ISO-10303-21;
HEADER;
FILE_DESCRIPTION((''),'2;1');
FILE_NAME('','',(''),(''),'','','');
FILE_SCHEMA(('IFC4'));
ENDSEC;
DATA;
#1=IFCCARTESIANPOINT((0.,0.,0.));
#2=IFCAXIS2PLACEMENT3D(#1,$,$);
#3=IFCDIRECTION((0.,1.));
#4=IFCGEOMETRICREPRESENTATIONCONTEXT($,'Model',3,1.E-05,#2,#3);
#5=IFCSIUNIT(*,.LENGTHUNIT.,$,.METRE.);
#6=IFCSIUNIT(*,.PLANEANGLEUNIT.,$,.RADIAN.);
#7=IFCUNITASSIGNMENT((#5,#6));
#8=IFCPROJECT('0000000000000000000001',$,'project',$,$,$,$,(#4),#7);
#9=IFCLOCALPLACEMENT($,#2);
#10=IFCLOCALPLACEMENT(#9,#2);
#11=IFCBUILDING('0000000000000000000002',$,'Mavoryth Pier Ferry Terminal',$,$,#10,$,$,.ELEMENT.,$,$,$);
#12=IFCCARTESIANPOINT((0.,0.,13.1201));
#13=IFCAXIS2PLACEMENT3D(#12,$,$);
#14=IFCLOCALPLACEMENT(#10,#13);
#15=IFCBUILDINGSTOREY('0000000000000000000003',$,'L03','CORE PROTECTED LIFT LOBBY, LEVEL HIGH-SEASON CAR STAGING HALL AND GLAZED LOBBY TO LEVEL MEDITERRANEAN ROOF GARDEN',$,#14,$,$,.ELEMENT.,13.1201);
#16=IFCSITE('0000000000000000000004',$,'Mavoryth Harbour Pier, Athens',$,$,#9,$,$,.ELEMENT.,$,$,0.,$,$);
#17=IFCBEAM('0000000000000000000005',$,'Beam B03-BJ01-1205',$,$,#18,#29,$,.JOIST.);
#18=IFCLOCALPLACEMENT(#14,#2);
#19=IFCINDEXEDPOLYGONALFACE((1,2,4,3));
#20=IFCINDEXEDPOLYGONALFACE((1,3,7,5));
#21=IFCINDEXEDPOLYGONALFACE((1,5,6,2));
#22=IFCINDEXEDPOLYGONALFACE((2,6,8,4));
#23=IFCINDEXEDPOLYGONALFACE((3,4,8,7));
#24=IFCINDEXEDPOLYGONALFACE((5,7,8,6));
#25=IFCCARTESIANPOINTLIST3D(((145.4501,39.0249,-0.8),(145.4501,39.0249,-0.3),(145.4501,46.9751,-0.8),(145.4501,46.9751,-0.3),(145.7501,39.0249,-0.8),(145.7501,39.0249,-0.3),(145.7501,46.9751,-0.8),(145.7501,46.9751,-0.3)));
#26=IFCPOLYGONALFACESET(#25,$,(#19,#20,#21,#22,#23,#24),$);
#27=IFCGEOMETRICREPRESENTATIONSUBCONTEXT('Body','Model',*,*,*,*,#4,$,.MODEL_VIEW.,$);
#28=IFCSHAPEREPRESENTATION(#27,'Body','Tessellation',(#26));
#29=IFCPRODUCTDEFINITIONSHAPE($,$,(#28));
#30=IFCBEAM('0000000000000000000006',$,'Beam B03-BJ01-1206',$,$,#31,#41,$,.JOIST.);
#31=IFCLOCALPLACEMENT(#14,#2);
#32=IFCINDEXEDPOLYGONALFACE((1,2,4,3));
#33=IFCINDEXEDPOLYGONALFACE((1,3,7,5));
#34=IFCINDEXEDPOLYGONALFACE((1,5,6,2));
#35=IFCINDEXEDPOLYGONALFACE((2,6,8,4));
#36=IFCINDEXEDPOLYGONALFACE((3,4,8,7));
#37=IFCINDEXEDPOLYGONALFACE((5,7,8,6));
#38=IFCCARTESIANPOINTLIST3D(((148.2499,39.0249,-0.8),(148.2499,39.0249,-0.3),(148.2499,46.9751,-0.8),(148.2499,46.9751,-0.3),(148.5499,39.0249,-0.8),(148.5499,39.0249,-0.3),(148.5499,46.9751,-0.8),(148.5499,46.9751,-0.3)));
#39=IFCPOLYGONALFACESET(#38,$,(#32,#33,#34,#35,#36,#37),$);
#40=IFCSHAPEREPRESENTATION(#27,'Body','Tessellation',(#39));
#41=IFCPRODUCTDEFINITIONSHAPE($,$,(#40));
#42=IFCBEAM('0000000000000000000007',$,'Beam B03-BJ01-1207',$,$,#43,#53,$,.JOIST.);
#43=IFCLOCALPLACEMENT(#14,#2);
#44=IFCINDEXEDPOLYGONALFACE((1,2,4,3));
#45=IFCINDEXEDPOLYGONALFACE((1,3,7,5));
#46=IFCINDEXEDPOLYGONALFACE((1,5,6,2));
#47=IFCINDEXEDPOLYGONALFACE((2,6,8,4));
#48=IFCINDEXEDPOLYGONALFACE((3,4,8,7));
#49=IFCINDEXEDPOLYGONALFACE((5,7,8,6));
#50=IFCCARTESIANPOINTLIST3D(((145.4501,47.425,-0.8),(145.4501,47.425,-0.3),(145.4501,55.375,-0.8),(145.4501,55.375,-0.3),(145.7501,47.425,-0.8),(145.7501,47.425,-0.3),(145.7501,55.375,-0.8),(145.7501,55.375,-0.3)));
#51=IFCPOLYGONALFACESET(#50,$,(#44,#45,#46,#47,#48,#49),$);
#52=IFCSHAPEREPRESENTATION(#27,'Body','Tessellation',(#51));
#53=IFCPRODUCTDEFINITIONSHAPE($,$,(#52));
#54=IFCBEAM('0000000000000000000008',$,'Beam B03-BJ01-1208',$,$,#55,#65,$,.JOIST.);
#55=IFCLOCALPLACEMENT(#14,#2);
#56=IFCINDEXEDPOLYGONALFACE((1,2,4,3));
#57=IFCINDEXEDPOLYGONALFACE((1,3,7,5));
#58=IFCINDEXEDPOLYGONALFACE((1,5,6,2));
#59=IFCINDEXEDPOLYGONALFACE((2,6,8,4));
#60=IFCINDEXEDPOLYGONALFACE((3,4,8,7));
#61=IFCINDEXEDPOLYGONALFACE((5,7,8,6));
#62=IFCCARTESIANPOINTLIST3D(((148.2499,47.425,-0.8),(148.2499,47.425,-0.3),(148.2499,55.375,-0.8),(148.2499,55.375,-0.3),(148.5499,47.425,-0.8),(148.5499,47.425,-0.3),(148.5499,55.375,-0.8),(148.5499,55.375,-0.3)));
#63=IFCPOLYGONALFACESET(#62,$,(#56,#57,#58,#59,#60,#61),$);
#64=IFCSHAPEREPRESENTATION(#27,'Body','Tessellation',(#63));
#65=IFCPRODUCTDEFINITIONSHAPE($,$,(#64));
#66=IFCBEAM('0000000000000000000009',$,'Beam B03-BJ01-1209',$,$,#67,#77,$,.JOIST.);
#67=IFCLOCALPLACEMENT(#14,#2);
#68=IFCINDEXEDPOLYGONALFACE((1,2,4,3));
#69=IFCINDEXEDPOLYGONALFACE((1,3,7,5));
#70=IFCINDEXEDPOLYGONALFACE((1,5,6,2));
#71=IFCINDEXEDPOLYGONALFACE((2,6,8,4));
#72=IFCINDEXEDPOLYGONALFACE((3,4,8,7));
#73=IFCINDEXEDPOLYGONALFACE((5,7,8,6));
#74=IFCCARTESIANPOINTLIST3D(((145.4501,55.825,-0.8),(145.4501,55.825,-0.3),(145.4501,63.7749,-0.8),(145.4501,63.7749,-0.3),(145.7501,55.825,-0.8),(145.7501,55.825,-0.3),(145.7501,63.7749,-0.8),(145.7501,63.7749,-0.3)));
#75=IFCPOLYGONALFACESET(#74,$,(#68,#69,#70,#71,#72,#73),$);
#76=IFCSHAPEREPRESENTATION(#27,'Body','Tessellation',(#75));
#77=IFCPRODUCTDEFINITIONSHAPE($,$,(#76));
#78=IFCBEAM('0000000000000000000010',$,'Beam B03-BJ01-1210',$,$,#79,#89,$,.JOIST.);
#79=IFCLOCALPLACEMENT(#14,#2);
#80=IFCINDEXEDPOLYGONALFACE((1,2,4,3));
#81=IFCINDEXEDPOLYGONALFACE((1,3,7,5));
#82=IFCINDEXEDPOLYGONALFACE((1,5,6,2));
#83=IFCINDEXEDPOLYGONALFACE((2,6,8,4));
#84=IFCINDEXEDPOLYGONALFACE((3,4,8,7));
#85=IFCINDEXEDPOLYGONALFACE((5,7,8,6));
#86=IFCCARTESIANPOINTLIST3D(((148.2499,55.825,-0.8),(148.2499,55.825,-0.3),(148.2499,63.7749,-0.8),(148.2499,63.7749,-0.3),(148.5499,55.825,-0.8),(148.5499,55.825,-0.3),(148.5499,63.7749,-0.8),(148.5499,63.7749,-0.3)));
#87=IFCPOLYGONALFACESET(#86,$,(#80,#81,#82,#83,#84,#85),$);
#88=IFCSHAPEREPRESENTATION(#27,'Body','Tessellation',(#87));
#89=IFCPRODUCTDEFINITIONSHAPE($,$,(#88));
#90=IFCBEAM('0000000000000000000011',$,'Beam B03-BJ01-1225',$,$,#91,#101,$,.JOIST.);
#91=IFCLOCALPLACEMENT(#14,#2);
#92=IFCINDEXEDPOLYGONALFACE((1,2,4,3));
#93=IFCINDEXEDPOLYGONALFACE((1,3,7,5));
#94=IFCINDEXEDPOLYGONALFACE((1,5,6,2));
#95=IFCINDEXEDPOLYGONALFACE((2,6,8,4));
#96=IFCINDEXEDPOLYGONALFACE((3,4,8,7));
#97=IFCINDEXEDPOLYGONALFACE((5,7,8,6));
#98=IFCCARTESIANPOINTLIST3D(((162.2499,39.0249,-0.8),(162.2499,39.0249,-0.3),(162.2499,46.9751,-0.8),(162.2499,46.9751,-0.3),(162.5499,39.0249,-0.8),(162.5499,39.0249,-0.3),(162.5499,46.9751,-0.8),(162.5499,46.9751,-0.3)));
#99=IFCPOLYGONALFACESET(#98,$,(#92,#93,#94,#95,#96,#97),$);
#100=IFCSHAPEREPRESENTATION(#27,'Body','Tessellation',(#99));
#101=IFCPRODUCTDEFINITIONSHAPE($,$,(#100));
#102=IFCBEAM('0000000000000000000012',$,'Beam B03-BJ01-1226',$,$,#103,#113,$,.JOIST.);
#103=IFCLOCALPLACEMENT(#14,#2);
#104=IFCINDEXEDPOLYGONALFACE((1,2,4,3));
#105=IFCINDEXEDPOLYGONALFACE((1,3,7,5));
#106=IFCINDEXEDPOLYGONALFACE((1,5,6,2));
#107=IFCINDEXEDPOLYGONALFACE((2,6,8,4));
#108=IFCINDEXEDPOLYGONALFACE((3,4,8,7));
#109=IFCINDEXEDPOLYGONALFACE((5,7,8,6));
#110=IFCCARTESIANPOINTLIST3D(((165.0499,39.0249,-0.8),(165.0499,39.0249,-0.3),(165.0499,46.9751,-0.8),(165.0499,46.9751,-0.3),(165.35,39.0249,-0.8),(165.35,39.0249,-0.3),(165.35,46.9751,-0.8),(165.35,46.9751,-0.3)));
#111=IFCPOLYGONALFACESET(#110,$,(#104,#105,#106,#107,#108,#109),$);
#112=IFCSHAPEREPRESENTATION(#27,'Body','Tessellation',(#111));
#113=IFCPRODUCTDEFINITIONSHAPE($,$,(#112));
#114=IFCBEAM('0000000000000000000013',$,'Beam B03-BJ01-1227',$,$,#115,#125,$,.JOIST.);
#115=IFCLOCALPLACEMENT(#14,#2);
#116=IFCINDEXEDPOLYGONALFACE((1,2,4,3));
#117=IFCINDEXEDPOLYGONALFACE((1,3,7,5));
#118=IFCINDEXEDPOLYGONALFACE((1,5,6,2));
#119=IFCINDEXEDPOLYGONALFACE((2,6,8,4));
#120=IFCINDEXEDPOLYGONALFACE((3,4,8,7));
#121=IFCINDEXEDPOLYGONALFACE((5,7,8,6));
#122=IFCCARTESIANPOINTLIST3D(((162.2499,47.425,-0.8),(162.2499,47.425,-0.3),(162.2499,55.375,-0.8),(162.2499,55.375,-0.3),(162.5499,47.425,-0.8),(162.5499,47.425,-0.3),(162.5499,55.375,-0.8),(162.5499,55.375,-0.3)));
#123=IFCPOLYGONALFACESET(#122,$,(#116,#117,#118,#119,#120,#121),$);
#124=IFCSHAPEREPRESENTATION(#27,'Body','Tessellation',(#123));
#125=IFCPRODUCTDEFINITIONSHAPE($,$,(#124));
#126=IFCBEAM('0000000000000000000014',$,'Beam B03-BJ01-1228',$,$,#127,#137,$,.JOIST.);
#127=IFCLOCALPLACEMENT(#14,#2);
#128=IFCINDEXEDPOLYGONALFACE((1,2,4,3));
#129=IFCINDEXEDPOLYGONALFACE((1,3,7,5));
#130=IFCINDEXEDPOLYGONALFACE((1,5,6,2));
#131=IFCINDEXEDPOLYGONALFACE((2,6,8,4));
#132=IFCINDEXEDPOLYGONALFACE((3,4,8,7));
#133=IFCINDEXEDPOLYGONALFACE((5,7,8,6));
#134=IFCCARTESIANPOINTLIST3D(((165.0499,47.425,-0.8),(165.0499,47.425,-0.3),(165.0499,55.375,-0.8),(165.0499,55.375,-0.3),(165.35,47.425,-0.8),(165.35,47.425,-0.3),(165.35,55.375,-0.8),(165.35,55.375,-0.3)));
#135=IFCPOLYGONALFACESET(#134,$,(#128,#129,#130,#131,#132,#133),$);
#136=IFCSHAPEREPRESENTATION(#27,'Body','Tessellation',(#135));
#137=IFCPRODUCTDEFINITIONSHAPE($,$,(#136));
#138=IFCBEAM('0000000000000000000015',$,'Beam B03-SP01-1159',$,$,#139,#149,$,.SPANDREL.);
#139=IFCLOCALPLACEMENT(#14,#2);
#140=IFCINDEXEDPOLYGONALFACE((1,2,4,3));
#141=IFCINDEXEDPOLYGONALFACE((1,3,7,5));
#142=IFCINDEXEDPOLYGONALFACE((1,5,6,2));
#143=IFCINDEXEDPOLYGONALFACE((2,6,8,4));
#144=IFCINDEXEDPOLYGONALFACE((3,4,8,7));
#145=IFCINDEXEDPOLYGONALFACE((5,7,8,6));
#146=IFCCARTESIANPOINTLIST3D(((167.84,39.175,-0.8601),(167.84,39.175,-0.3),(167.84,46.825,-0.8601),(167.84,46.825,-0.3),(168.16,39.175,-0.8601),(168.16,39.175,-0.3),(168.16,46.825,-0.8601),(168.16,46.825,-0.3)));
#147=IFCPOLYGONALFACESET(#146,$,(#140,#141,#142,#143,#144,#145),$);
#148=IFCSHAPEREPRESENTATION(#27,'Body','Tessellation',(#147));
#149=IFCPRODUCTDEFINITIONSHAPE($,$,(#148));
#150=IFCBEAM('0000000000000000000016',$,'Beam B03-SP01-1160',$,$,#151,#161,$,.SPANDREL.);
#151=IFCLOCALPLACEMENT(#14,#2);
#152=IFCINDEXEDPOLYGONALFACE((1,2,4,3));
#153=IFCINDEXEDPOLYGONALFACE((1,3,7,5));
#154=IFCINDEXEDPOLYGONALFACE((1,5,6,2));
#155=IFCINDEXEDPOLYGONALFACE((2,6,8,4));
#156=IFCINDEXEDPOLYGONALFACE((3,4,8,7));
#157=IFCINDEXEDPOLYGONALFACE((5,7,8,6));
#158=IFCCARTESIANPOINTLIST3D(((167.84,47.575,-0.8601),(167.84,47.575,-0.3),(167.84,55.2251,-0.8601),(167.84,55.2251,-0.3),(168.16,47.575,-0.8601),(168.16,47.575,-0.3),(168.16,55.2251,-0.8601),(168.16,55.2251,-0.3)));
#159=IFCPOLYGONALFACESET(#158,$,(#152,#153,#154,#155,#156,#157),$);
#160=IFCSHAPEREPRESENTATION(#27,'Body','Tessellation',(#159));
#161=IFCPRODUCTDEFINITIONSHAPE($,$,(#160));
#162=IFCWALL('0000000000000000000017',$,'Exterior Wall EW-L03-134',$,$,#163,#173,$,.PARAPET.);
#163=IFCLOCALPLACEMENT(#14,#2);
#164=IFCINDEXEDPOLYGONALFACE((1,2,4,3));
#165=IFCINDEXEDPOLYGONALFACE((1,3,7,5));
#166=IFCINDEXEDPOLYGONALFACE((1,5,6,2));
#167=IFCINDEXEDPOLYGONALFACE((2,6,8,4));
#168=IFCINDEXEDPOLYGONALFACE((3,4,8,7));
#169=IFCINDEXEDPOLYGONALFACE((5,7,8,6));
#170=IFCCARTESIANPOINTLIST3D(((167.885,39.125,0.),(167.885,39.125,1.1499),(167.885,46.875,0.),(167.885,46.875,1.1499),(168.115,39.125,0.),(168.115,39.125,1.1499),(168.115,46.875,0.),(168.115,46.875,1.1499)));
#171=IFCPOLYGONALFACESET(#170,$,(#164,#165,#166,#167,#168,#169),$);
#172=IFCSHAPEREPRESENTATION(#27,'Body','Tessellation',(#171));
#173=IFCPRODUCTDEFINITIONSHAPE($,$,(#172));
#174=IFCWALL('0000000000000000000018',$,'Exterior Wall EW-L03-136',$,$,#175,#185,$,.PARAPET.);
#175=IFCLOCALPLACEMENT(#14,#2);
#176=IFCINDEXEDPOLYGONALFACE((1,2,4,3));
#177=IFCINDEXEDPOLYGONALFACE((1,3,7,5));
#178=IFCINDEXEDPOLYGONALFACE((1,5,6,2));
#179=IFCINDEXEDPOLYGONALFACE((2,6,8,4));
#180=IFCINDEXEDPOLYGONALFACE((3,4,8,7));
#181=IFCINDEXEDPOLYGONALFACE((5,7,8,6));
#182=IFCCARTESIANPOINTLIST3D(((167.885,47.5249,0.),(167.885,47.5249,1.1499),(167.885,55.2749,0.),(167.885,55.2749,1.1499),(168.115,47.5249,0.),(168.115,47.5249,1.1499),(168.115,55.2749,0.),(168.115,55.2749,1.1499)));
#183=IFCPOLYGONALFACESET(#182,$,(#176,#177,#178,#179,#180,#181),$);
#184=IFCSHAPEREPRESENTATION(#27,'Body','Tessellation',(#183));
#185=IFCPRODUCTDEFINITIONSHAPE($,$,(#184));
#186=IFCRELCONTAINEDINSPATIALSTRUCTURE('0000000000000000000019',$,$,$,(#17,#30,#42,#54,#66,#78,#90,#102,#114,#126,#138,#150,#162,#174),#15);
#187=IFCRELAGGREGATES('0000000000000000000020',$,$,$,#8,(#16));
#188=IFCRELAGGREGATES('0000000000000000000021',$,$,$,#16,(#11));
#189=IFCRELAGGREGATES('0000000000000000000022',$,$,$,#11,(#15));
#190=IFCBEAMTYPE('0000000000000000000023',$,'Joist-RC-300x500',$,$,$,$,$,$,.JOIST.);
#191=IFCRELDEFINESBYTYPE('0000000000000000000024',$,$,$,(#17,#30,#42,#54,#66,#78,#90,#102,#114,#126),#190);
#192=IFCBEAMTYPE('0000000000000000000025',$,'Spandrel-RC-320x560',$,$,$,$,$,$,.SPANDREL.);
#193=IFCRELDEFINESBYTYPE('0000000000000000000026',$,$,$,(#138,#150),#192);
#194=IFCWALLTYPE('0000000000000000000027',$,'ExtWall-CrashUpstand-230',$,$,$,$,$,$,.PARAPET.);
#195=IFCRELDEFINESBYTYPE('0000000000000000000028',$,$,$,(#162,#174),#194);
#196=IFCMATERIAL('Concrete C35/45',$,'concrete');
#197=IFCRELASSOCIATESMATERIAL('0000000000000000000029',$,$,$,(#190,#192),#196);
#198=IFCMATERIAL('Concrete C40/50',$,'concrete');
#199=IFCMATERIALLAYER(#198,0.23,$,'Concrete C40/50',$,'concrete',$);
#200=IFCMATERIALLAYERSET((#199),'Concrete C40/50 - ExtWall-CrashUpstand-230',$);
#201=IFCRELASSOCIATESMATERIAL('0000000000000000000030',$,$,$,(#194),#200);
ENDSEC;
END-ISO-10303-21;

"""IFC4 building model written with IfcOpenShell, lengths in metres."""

from ifc_helpers import new_model, si_unit, direction, frame, frame_2d, origin, origin_2d, place, context, subcontext, project, spatial, rectangle, extrude, material, layer, layer_set, material_profile, profile_set, type_object, element, save


model = new_model("IFC4")

# Units and contexts
model_context = context("Model", 3, precision=1e-05, world=origin(), true_north=direction((0.0, 1.0)))
body_context = subcontext(model_context, "Body", "Model", "MODEL_VIEW")
ifc_project = project(units=[si_unit("LENGTHUNIT", "METRE"), si_unit("PLANEANGLEUNIT", "RADIAN")], contexts=[model_context])

# Site, building, storey
site_placement = place(None, origin())
site = spatial("IfcSite", under=ifc_project, at=site_placement, Name="Mavoryth Harbour Pier, Athens", CompositionType="ELEMENT", RefElevation=0.0)
building_placement = place(site_placement, origin())
building = spatial("IfcBuilding", under=site, at=building_placement, Name="Mavoryth Pier Ferry Terminal", CompositionType="ELEMENT")
storey_placement = place(building_placement, frame((0.0, 0.0, 13.1201)))
storey = spatial("IfcBuildingStorey", under=building, at=storey_placement, Name="L03", Description="CORE PROTECTED LIFT LOBBY, LEVEL HIGH-SEASON CAR STAGING HALL AND GLAZED LOBBY TO LEVEL MEDITERRANEAN ROOF GARDEN", CompositionType="ELEMENT", Elevation=13.1201)

# Shared definitions
ifc_material_1 = material(Name="Concrete C40/50", Category="concrete")

# Beams
ifc_material_2 = material(Name="Concrete C35/45", Category="concrete")
ifc_material_profile_1 = material_profile(ifc_material_2, rectangle(XDim=0.3, YDim=0.5, at=origin_2d()), Name="RC 300x500", Category="concrete")
ifc_profile_set_1 = profile_set([ifc_material_profile_1], Name="Concrete C35/45 - RC 300x500")
beam_type_1 = type_object("IfcBeamType", Name="Joist-RC-300x500", PredefinedType="JOIST", material=ifc_profile_set_1)
for number, where, z_axis, x_axis, name in (
    (1, (145.6001, 39.0249, -0.55), (0.0, 1.0, 0.0), (-1.0, 0.0, 0.0), "Beam B03-BJ01-1205"),
    (2, (148.3999, 39.0249, -0.55), (0.0, 1.0, 0.0), (-1.0, 0.0, 0.0), "Beam B03-BJ01-1206"),
):
    element("IfcBeam", number, at=place(storey_placement, frame(where, z_axis=z_axis, x_axis=x_axis)), inside=storey, type_object=beam_type_1, Name=name, PredefinedType="JOIST", context=body_context, shape_type="SweptSolid", body=[
        extrude(rectangle(XDim=0.3, YDim=0.5, at=origin_2d()), origin(), (0.0, 0.0, 1.0), 7.9502),
    ])
for number, where, z_axis, x_axis, name in (
    (3, (145.6001, 47.425, -0.55), (0.0, 1.0, 0.0), (-1.0, 0.0, 0.0), "Beam B03-BJ01-1207"),
    (4, (148.3999, 47.425, -0.55), (0.0, 1.0, 0.0), (-1.0, 0.0, 0.0), "Beam B03-BJ01-1208"),
    (5, (145.6001, 55.825, -0.55), (0.0, 1.0, 0.0), (-1.0, 0.0, 0.0), "Beam B03-BJ01-1209"),
    (6, (148.3999, 55.825, -0.55), (0.0, 1.0, 0.0), (-1.0, 0.0, 0.0), "Beam B03-BJ01-1210"),
):
    element("IfcBeam", number, at=place(storey_placement, frame(where, z_axis=z_axis, x_axis=x_axis)), inside=storey, type_object=beam_type_1, Name=name, PredefinedType="JOIST", context=body_context, shape_type="SweptSolid", body=[
        extrude(rectangle(XDim=0.3, YDim=0.5, at=origin_2d()), origin(), (0.0, 0.0, 1.0), 7.95),
    ])
for number, where, z_axis, x_axis, name in (
    (7, (162.3999, 39.0249, -0.55), (0.0, 1.0, 0.0), (-1.0, 0.0, 0.0), "Beam B03-BJ01-1225"),
    (8, (165.2, 39.0249, -0.55), (0.0, 1.0, 0.0), (-1.0, 0.0, 0.0), "Beam B03-BJ01-1226"),
):
    element("IfcBeam", number, at=place(storey_placement, frame(where, z_axis=z_axis, x_axis=x_axis)), inside=storey, type_object=beam_type_1, Name=name, PredefinedType="JOIST", context=body_context, shape_type="SweptSolid", body=[
        extrude(rectangle(XDim=0.3, YDim=0.5, at=origin_2d()), origin(), (0.0, 0.0, 1.0), 7.9502),
    ])
for number, where, z_axis, x_axis, name in (
    (9, (162.3999, 47.425, -0.55), (0.0, 1.0, 0.0), (-1.0, 0.0, 0.0), "Beam B03-BJ01-1227"),
    (10, (165.2, 47.425, -0.55), (0.0, 1.0, 0.0), (-1.0, 0.0, 0.0), "Beam B03-BJ01-1228"),
):
    element("IfcBeam", number, at=place(storey_placement, frame(where, z_axis=z_axis, x_axis=x_axis)), inside=storey, type_object=beam_type_1, Name=name, PredefinedType="JOIST", context=body_context, shape_type="SweptSolid", body=[
        extrude(rectangle(XDim=0.3, YDim=0.5, at=origin_2d()), origin(), (0.0, 0.0, 1.0), 7.95),
    ])
ifc_material_profile_2 = material_profile(ifc_material_2, rectangle(XDim=0.3201, YDim=0.5601, at=origin_2d()), Name="RC 320x560", Category="concrete")
ifc_profile_set_2 = profile_set([ifc_material_profile_2], Name="Concrete C35/45 - RC 320x560")
beam_type_2 = type_object("IfcBeamType", Name="Spandrel-RC-320x560", PredefinedType="SPANDREL", material=ifc_profile_set_2)
beam_1_placement = place(storey_placement, frame((168.0, 39.175, -0.5801), z_axis=(0.0, 1.0, 0.0), x_axis=(-1.0, 0.0, 0.0)))
element("IfcBeam", 11, at=beam_1_placement, inside=storey, type_object=beam_type_2, Name="Beam B03-SP01-1159", PredefinedType="SPANDREL", context=body_context, shape_type="SweptSolid", body=[
    extrude(rectangle(XDim=0.3201, YDim=0.5601, at=origin_2d()), origin(), (0.0, 0.0, 1.0), 7.6499),
])
beam_2_placement = place(storey_placement, frame((168.0, 47.575, -0.5801), z_axis=(0.0, 1.0, 0.0), x_axis=(-1.0, 0.0, 0.0)))
element("IfcBeam", 12, at=beam_2_placement, inside=storey, type_object=beam_type_2, Name="Beam B03-SP01-1160", PredefinedType="SPANDREL", context=body_context, shape_type="SweptSolid", body=[
    extrude(rectangle(XDim=0.3201, YDim=0.5601, at=origin_2d()), origin(), (0.0, 0.0, 1.0), 7.6501),
])

# Walls
ifc_layer = layer(ifc_material_1, 0.23, Name="Concrete C40/50", Category="concrete")
ifc_layer_set = layer_set([ifc_layer], Name="Concrete C40/50 - ExtWall-CrashUpstand-230")
wall_type = type_object("IfcWallType", Name="ExtWall-CrashUpstand-230", PredefinedType="PARAPET", material=ifc_layer_set)
for number, where, z_axis, x_axis, name in (
    (13, (168.0, 39.125, 0.0), (0.0, 0.0, 1.0), (0.0, 1.0, 0.0), "Exterior Wall EW-L03-134"),
    (14, (168.0, 47.5249, 0.0), (0.0, 0.0, 1.0), (0.0, 1.0, 0.0), "Exterior Wall EW-L03-136"),
):
    element("IfcWall", number, at=place(storey_placement, frame(where, z_axis=z_axis, x_axis=x_axis)), inside=storey, type_object=wall_type, Name=name, PredefinedType="PARAPET", context=body_context, shape_type="SweptSolid", body=[
        extrude(rectangle(XDim=7.75, YDim=0.23, at=frame_2d((3.875, 0.0))), origin(), (0.0, 0.0, 1.0), 1.1499),
    ])

save(model, "model.ifc")
